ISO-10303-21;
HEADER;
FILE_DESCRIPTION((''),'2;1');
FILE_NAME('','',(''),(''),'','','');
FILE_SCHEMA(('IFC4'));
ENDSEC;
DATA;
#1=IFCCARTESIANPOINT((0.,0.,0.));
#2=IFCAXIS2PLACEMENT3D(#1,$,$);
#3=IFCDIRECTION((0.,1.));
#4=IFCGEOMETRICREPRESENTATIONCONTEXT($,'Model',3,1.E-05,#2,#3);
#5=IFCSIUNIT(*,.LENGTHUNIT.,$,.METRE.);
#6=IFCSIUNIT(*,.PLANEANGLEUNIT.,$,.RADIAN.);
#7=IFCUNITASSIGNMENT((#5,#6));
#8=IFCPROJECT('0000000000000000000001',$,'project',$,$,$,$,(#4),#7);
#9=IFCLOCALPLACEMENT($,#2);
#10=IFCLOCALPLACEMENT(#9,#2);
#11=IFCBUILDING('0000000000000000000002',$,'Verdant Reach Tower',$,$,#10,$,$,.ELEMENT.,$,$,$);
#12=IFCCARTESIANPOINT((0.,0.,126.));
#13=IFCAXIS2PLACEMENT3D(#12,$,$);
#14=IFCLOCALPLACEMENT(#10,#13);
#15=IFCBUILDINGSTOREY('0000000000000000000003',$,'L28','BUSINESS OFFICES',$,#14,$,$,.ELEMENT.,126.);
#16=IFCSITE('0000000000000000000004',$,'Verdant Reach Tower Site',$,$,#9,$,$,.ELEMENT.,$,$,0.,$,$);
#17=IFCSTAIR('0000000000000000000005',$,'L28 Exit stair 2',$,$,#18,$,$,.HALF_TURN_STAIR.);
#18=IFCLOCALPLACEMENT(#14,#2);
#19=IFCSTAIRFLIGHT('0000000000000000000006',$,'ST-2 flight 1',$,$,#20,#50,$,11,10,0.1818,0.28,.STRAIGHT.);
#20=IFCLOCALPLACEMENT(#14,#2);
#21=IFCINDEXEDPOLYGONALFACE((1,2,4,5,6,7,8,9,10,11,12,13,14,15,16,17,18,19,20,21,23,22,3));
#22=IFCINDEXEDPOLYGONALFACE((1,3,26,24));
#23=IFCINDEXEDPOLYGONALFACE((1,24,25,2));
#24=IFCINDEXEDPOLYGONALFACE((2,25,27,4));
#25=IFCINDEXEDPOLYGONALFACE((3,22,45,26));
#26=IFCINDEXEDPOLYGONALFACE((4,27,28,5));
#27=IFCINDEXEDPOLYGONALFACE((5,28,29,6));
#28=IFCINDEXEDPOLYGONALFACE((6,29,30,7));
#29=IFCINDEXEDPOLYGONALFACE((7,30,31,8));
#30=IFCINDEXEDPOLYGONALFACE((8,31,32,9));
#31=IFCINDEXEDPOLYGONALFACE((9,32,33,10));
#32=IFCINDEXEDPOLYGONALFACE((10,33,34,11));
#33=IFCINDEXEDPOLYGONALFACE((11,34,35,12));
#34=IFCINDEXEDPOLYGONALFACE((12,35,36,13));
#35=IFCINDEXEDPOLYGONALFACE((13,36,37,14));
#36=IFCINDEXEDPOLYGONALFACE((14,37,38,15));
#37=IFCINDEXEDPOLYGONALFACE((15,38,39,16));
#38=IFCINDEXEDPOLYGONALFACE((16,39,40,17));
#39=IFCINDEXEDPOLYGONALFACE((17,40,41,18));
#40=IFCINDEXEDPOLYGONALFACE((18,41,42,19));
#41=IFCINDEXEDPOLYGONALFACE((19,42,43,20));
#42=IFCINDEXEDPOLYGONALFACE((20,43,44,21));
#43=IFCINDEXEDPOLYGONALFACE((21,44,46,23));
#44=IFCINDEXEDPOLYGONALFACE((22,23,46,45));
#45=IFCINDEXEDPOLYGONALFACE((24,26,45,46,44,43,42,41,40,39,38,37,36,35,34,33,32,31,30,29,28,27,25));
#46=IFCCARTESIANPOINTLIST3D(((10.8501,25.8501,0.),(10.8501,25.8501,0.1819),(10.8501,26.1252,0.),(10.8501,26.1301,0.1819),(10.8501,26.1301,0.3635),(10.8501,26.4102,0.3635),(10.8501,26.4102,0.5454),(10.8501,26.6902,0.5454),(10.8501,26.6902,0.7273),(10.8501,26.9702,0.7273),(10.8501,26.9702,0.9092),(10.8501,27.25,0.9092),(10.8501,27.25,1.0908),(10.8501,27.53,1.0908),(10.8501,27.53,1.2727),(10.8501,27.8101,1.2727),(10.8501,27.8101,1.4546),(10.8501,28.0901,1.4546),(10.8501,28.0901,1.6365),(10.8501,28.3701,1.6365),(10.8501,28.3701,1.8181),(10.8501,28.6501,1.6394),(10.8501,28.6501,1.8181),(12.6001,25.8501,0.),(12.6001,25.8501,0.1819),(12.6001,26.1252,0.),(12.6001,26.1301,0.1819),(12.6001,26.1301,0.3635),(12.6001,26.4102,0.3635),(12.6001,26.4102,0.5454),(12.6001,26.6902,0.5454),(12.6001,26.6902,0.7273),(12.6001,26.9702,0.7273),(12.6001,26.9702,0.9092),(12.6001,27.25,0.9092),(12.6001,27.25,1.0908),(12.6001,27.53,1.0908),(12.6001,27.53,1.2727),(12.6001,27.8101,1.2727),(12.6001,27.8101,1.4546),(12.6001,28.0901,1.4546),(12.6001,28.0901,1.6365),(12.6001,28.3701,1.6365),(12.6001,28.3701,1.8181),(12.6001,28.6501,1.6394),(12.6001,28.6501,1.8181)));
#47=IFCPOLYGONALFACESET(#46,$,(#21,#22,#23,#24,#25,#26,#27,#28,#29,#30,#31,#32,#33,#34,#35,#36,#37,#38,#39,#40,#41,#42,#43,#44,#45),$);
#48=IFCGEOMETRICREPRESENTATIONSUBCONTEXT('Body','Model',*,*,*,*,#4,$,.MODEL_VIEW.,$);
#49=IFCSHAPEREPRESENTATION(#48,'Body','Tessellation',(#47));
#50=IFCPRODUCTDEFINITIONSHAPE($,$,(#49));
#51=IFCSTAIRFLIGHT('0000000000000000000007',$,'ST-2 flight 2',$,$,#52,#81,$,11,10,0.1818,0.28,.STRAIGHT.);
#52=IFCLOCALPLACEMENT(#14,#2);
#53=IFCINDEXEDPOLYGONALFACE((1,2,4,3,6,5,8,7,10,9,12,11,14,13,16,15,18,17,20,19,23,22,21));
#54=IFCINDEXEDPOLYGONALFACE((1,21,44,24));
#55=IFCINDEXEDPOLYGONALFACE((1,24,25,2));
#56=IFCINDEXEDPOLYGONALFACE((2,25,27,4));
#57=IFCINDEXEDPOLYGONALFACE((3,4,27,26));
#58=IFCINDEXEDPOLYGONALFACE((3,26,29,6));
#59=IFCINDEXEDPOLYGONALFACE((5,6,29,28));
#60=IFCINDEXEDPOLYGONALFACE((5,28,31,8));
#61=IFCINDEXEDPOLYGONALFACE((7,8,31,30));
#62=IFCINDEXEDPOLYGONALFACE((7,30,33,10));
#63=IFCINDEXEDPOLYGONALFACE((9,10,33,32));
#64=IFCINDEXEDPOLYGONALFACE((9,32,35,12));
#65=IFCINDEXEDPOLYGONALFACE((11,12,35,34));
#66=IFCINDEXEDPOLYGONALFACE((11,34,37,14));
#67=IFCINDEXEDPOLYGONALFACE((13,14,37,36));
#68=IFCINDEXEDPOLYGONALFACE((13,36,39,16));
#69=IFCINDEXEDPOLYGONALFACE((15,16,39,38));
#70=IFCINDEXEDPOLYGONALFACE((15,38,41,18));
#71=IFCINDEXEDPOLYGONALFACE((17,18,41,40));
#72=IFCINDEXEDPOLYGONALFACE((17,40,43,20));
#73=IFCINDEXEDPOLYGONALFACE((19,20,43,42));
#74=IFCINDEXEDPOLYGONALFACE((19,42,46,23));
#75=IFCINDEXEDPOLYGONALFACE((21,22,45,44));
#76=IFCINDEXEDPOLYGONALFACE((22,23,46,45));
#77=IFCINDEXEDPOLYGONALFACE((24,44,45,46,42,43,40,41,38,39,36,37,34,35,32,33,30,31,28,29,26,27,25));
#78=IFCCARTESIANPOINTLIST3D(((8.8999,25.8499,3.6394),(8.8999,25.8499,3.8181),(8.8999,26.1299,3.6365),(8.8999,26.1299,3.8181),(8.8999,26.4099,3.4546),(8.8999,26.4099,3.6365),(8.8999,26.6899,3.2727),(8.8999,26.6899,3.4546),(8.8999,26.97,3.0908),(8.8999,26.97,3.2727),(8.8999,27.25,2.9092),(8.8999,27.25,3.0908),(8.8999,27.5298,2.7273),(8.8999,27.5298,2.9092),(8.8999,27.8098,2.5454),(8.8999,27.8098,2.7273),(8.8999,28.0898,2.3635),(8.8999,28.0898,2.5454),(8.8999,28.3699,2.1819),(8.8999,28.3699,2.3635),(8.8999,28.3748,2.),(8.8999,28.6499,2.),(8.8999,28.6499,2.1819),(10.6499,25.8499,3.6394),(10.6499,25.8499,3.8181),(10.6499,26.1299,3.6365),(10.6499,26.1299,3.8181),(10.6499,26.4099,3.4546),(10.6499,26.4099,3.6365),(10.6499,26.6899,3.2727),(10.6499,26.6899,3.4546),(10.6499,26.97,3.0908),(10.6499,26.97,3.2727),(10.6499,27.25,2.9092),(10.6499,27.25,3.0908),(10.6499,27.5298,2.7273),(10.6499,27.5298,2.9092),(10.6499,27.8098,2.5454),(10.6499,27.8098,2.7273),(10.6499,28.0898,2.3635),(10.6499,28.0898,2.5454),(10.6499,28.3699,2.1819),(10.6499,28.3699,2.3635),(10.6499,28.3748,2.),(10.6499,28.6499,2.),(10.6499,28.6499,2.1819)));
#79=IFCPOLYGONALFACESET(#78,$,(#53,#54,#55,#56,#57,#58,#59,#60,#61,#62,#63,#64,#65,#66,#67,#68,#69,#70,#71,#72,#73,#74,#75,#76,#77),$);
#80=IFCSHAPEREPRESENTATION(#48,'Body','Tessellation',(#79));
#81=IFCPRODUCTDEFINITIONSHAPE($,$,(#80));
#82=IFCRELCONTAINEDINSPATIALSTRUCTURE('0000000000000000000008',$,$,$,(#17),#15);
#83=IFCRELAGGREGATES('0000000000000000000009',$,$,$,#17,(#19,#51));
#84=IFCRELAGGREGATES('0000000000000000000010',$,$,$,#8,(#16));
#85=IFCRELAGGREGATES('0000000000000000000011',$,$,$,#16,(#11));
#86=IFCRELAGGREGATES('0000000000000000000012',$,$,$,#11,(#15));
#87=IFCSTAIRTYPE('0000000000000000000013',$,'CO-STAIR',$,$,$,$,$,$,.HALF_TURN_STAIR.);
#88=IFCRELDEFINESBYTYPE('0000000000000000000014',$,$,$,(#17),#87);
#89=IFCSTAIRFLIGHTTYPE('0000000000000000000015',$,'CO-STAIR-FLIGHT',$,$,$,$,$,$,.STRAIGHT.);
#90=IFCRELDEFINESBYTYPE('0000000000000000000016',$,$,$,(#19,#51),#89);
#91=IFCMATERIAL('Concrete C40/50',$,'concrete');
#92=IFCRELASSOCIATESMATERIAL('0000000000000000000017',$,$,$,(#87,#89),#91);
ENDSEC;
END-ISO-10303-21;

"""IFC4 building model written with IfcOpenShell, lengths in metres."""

from ifc_helpers import new_model, si_unit, direction, frame, origin, place, context, subcontext, project, spatial, polyline, outline, extrude, material, type_object, element, aggregate, save


model = new_model("IFC4")

# Units and contexts
model_context = context("Model", 3, precision=1e-05, world=origin(), true_north=direction((0.0, 1.0)))
body_context = subcontext(model_context, "Body", "Model", "MODEL_VIEW")
ifc_project = project(units=[si_unit("LENGTHUNIT", "METRE"), si_unit("PLANEANGLEUNIT", "RADIAN")], contexts=[model_context])

# Site, building, storey
site_placement = place(None, origin())
site = spatial("IfcSite", under=ifc_project, at=site_placement, Name="Verdant Reach Tower Site", CompositionType="ELEMENT", RefElevation=0.0)
building_placement = place(site_placement, origin())
building = spatial("IfcBuilding", under=site, at=building_placement, Name="Verdant Reach Tower", CompositionType="ELEMENT")
storey_placement = place(building_placement, frame((0.0, 0.0, 126.0)))
storey = spatial("IfcBuildingStorey", under=building, at=storey_placement, Name="L28", Description="BUSINESS OFFICES", CompositionType="ELEMENT", Elevation=126.0)

# Shared definitions
ifc_material_1 = material(Name="Concrete C40/50", Category="concrete")

# Stair, stair flights
stair_type = type_object("IfcStairType", Name="CO-STAIR", PredefinedType="HALF_TURN_STAIR", material=ifc_material_1)
stair_placement = place(storey_placement, origin())
stair = element("IfcStair", 1, at=stair_placement, inside=storey, type_object=stair_type, Name="L28 Exit stair 2", PredefinedType="HALF_TURN_STAIR")
stair_flight_type = type_object("IfcStairFlightType", Name="CO-STAIR-FLIGHT", PredefinedType="STRAIGHT", material=ifc_material_1)
stair_flight_1_placement = place(storey_placement, frame((11.7251, 25.8501, 0.0), z_axis=(0.0, 0.0, 1.0), x_axis=(0.0, 1.0, 0.0)))
stair_flight_1 = element("IfcStairFlight", 2, at=stair_flight_1_placement, type_object=stair_flight_type, Name="ST-2 flight 1", NumberOfRisers=11, NumberOfTreads=10, PredefinedType="STRAIGHT", RiserHeight=0.1818, TreadLength=0.28, context=body_context, shape_type="SweptSolid", body=[
    extrude(outline(polyline([(0.0, 0.0), (0.0, 0.1819), (0.28, 0.1819), (0.28, 0.3635), (0.5601, 0.3635), (0.5601, 0.5454), (0.8401, 0.5454), (0.8401, 0.7273), (1.1201, 0.7273), (1.1201, 0.9092), (1.3999, 0.9092), (1.3999, 1.0908), (1.6799, 1.0908), (1.6799, 1.2727), (1.96, 1.2727), (1.96, 1.4546), (2.24, 1.4546), (2.24, 1.6365), (2.52, 1.6365), (2.52, 1.8181), (2.8, 1.8181), (2.8, 2.0), (2.8, 1.6394), (0.2751, 0.0), (0.0, 0.0)])), frame((0.0, 0.875, 0.0), z_axis=(0.0, -1.0, 0.0), x_axis=(1.0, 0.0, 0.0)), (0.0, 0.0, 1.0), 1.75),
])
stair_flight_2_placement = place(storey_placement, frame((9.7749, 28.6499, 2.0), z_axis=(0.0, 0.0, 1.0), x_axis=(0.0, -1.0, 0.0)))
stair_flight_2 = element("IfcStairFlight", 3, at=stair_flight_2_placement, type_object=stair_flight_type, Name="ST-2 flight 2", NumberOfRisers=11, NumberOfTreads=10, PredefinedType="STRAIGHT", RiserHeight=0.1818, TreadLength=0.28, context=body_context, shape_type="SweptSolid", body=[
    extrude(outline(polyline([(0.0, 0.0), (0.0, 0.1819), (0.28, 0.1819), (0.28, 0.3635), (0.5601, 0.3635), (0.5601, 0.5454), (0.8401, 0.5454), (0.8401, 0.7273), (1.1201, 0.7273), (1.1201, 0.9092), (1.3999, 0.9092), (1.3999, 1.0908), (1.6799, 1.0908), (1.6799, 1.2727), (1.96, 1.2727), (1.96, 1.4546), (2.24, 1.4546), (2.24, 1.6365), (2.52, 1.6365), (2.52, 1.8181), (2.8, 1.8181), (2.8, 2.0), (2.8, 1.6394), (0.2751, 0.0), (0.0, 0.0)])), frame((0.0, 0.875, 0.0), z_axis=(0.0, -1.0, 0.0), x_axis=(1.0, 0.0, 0.0)), (0.0, 0.0, 1.0), 1.75),
])
aggregate(stair, [stair_flight_1, stair_flight_2])

save(model, "model.ifc")
